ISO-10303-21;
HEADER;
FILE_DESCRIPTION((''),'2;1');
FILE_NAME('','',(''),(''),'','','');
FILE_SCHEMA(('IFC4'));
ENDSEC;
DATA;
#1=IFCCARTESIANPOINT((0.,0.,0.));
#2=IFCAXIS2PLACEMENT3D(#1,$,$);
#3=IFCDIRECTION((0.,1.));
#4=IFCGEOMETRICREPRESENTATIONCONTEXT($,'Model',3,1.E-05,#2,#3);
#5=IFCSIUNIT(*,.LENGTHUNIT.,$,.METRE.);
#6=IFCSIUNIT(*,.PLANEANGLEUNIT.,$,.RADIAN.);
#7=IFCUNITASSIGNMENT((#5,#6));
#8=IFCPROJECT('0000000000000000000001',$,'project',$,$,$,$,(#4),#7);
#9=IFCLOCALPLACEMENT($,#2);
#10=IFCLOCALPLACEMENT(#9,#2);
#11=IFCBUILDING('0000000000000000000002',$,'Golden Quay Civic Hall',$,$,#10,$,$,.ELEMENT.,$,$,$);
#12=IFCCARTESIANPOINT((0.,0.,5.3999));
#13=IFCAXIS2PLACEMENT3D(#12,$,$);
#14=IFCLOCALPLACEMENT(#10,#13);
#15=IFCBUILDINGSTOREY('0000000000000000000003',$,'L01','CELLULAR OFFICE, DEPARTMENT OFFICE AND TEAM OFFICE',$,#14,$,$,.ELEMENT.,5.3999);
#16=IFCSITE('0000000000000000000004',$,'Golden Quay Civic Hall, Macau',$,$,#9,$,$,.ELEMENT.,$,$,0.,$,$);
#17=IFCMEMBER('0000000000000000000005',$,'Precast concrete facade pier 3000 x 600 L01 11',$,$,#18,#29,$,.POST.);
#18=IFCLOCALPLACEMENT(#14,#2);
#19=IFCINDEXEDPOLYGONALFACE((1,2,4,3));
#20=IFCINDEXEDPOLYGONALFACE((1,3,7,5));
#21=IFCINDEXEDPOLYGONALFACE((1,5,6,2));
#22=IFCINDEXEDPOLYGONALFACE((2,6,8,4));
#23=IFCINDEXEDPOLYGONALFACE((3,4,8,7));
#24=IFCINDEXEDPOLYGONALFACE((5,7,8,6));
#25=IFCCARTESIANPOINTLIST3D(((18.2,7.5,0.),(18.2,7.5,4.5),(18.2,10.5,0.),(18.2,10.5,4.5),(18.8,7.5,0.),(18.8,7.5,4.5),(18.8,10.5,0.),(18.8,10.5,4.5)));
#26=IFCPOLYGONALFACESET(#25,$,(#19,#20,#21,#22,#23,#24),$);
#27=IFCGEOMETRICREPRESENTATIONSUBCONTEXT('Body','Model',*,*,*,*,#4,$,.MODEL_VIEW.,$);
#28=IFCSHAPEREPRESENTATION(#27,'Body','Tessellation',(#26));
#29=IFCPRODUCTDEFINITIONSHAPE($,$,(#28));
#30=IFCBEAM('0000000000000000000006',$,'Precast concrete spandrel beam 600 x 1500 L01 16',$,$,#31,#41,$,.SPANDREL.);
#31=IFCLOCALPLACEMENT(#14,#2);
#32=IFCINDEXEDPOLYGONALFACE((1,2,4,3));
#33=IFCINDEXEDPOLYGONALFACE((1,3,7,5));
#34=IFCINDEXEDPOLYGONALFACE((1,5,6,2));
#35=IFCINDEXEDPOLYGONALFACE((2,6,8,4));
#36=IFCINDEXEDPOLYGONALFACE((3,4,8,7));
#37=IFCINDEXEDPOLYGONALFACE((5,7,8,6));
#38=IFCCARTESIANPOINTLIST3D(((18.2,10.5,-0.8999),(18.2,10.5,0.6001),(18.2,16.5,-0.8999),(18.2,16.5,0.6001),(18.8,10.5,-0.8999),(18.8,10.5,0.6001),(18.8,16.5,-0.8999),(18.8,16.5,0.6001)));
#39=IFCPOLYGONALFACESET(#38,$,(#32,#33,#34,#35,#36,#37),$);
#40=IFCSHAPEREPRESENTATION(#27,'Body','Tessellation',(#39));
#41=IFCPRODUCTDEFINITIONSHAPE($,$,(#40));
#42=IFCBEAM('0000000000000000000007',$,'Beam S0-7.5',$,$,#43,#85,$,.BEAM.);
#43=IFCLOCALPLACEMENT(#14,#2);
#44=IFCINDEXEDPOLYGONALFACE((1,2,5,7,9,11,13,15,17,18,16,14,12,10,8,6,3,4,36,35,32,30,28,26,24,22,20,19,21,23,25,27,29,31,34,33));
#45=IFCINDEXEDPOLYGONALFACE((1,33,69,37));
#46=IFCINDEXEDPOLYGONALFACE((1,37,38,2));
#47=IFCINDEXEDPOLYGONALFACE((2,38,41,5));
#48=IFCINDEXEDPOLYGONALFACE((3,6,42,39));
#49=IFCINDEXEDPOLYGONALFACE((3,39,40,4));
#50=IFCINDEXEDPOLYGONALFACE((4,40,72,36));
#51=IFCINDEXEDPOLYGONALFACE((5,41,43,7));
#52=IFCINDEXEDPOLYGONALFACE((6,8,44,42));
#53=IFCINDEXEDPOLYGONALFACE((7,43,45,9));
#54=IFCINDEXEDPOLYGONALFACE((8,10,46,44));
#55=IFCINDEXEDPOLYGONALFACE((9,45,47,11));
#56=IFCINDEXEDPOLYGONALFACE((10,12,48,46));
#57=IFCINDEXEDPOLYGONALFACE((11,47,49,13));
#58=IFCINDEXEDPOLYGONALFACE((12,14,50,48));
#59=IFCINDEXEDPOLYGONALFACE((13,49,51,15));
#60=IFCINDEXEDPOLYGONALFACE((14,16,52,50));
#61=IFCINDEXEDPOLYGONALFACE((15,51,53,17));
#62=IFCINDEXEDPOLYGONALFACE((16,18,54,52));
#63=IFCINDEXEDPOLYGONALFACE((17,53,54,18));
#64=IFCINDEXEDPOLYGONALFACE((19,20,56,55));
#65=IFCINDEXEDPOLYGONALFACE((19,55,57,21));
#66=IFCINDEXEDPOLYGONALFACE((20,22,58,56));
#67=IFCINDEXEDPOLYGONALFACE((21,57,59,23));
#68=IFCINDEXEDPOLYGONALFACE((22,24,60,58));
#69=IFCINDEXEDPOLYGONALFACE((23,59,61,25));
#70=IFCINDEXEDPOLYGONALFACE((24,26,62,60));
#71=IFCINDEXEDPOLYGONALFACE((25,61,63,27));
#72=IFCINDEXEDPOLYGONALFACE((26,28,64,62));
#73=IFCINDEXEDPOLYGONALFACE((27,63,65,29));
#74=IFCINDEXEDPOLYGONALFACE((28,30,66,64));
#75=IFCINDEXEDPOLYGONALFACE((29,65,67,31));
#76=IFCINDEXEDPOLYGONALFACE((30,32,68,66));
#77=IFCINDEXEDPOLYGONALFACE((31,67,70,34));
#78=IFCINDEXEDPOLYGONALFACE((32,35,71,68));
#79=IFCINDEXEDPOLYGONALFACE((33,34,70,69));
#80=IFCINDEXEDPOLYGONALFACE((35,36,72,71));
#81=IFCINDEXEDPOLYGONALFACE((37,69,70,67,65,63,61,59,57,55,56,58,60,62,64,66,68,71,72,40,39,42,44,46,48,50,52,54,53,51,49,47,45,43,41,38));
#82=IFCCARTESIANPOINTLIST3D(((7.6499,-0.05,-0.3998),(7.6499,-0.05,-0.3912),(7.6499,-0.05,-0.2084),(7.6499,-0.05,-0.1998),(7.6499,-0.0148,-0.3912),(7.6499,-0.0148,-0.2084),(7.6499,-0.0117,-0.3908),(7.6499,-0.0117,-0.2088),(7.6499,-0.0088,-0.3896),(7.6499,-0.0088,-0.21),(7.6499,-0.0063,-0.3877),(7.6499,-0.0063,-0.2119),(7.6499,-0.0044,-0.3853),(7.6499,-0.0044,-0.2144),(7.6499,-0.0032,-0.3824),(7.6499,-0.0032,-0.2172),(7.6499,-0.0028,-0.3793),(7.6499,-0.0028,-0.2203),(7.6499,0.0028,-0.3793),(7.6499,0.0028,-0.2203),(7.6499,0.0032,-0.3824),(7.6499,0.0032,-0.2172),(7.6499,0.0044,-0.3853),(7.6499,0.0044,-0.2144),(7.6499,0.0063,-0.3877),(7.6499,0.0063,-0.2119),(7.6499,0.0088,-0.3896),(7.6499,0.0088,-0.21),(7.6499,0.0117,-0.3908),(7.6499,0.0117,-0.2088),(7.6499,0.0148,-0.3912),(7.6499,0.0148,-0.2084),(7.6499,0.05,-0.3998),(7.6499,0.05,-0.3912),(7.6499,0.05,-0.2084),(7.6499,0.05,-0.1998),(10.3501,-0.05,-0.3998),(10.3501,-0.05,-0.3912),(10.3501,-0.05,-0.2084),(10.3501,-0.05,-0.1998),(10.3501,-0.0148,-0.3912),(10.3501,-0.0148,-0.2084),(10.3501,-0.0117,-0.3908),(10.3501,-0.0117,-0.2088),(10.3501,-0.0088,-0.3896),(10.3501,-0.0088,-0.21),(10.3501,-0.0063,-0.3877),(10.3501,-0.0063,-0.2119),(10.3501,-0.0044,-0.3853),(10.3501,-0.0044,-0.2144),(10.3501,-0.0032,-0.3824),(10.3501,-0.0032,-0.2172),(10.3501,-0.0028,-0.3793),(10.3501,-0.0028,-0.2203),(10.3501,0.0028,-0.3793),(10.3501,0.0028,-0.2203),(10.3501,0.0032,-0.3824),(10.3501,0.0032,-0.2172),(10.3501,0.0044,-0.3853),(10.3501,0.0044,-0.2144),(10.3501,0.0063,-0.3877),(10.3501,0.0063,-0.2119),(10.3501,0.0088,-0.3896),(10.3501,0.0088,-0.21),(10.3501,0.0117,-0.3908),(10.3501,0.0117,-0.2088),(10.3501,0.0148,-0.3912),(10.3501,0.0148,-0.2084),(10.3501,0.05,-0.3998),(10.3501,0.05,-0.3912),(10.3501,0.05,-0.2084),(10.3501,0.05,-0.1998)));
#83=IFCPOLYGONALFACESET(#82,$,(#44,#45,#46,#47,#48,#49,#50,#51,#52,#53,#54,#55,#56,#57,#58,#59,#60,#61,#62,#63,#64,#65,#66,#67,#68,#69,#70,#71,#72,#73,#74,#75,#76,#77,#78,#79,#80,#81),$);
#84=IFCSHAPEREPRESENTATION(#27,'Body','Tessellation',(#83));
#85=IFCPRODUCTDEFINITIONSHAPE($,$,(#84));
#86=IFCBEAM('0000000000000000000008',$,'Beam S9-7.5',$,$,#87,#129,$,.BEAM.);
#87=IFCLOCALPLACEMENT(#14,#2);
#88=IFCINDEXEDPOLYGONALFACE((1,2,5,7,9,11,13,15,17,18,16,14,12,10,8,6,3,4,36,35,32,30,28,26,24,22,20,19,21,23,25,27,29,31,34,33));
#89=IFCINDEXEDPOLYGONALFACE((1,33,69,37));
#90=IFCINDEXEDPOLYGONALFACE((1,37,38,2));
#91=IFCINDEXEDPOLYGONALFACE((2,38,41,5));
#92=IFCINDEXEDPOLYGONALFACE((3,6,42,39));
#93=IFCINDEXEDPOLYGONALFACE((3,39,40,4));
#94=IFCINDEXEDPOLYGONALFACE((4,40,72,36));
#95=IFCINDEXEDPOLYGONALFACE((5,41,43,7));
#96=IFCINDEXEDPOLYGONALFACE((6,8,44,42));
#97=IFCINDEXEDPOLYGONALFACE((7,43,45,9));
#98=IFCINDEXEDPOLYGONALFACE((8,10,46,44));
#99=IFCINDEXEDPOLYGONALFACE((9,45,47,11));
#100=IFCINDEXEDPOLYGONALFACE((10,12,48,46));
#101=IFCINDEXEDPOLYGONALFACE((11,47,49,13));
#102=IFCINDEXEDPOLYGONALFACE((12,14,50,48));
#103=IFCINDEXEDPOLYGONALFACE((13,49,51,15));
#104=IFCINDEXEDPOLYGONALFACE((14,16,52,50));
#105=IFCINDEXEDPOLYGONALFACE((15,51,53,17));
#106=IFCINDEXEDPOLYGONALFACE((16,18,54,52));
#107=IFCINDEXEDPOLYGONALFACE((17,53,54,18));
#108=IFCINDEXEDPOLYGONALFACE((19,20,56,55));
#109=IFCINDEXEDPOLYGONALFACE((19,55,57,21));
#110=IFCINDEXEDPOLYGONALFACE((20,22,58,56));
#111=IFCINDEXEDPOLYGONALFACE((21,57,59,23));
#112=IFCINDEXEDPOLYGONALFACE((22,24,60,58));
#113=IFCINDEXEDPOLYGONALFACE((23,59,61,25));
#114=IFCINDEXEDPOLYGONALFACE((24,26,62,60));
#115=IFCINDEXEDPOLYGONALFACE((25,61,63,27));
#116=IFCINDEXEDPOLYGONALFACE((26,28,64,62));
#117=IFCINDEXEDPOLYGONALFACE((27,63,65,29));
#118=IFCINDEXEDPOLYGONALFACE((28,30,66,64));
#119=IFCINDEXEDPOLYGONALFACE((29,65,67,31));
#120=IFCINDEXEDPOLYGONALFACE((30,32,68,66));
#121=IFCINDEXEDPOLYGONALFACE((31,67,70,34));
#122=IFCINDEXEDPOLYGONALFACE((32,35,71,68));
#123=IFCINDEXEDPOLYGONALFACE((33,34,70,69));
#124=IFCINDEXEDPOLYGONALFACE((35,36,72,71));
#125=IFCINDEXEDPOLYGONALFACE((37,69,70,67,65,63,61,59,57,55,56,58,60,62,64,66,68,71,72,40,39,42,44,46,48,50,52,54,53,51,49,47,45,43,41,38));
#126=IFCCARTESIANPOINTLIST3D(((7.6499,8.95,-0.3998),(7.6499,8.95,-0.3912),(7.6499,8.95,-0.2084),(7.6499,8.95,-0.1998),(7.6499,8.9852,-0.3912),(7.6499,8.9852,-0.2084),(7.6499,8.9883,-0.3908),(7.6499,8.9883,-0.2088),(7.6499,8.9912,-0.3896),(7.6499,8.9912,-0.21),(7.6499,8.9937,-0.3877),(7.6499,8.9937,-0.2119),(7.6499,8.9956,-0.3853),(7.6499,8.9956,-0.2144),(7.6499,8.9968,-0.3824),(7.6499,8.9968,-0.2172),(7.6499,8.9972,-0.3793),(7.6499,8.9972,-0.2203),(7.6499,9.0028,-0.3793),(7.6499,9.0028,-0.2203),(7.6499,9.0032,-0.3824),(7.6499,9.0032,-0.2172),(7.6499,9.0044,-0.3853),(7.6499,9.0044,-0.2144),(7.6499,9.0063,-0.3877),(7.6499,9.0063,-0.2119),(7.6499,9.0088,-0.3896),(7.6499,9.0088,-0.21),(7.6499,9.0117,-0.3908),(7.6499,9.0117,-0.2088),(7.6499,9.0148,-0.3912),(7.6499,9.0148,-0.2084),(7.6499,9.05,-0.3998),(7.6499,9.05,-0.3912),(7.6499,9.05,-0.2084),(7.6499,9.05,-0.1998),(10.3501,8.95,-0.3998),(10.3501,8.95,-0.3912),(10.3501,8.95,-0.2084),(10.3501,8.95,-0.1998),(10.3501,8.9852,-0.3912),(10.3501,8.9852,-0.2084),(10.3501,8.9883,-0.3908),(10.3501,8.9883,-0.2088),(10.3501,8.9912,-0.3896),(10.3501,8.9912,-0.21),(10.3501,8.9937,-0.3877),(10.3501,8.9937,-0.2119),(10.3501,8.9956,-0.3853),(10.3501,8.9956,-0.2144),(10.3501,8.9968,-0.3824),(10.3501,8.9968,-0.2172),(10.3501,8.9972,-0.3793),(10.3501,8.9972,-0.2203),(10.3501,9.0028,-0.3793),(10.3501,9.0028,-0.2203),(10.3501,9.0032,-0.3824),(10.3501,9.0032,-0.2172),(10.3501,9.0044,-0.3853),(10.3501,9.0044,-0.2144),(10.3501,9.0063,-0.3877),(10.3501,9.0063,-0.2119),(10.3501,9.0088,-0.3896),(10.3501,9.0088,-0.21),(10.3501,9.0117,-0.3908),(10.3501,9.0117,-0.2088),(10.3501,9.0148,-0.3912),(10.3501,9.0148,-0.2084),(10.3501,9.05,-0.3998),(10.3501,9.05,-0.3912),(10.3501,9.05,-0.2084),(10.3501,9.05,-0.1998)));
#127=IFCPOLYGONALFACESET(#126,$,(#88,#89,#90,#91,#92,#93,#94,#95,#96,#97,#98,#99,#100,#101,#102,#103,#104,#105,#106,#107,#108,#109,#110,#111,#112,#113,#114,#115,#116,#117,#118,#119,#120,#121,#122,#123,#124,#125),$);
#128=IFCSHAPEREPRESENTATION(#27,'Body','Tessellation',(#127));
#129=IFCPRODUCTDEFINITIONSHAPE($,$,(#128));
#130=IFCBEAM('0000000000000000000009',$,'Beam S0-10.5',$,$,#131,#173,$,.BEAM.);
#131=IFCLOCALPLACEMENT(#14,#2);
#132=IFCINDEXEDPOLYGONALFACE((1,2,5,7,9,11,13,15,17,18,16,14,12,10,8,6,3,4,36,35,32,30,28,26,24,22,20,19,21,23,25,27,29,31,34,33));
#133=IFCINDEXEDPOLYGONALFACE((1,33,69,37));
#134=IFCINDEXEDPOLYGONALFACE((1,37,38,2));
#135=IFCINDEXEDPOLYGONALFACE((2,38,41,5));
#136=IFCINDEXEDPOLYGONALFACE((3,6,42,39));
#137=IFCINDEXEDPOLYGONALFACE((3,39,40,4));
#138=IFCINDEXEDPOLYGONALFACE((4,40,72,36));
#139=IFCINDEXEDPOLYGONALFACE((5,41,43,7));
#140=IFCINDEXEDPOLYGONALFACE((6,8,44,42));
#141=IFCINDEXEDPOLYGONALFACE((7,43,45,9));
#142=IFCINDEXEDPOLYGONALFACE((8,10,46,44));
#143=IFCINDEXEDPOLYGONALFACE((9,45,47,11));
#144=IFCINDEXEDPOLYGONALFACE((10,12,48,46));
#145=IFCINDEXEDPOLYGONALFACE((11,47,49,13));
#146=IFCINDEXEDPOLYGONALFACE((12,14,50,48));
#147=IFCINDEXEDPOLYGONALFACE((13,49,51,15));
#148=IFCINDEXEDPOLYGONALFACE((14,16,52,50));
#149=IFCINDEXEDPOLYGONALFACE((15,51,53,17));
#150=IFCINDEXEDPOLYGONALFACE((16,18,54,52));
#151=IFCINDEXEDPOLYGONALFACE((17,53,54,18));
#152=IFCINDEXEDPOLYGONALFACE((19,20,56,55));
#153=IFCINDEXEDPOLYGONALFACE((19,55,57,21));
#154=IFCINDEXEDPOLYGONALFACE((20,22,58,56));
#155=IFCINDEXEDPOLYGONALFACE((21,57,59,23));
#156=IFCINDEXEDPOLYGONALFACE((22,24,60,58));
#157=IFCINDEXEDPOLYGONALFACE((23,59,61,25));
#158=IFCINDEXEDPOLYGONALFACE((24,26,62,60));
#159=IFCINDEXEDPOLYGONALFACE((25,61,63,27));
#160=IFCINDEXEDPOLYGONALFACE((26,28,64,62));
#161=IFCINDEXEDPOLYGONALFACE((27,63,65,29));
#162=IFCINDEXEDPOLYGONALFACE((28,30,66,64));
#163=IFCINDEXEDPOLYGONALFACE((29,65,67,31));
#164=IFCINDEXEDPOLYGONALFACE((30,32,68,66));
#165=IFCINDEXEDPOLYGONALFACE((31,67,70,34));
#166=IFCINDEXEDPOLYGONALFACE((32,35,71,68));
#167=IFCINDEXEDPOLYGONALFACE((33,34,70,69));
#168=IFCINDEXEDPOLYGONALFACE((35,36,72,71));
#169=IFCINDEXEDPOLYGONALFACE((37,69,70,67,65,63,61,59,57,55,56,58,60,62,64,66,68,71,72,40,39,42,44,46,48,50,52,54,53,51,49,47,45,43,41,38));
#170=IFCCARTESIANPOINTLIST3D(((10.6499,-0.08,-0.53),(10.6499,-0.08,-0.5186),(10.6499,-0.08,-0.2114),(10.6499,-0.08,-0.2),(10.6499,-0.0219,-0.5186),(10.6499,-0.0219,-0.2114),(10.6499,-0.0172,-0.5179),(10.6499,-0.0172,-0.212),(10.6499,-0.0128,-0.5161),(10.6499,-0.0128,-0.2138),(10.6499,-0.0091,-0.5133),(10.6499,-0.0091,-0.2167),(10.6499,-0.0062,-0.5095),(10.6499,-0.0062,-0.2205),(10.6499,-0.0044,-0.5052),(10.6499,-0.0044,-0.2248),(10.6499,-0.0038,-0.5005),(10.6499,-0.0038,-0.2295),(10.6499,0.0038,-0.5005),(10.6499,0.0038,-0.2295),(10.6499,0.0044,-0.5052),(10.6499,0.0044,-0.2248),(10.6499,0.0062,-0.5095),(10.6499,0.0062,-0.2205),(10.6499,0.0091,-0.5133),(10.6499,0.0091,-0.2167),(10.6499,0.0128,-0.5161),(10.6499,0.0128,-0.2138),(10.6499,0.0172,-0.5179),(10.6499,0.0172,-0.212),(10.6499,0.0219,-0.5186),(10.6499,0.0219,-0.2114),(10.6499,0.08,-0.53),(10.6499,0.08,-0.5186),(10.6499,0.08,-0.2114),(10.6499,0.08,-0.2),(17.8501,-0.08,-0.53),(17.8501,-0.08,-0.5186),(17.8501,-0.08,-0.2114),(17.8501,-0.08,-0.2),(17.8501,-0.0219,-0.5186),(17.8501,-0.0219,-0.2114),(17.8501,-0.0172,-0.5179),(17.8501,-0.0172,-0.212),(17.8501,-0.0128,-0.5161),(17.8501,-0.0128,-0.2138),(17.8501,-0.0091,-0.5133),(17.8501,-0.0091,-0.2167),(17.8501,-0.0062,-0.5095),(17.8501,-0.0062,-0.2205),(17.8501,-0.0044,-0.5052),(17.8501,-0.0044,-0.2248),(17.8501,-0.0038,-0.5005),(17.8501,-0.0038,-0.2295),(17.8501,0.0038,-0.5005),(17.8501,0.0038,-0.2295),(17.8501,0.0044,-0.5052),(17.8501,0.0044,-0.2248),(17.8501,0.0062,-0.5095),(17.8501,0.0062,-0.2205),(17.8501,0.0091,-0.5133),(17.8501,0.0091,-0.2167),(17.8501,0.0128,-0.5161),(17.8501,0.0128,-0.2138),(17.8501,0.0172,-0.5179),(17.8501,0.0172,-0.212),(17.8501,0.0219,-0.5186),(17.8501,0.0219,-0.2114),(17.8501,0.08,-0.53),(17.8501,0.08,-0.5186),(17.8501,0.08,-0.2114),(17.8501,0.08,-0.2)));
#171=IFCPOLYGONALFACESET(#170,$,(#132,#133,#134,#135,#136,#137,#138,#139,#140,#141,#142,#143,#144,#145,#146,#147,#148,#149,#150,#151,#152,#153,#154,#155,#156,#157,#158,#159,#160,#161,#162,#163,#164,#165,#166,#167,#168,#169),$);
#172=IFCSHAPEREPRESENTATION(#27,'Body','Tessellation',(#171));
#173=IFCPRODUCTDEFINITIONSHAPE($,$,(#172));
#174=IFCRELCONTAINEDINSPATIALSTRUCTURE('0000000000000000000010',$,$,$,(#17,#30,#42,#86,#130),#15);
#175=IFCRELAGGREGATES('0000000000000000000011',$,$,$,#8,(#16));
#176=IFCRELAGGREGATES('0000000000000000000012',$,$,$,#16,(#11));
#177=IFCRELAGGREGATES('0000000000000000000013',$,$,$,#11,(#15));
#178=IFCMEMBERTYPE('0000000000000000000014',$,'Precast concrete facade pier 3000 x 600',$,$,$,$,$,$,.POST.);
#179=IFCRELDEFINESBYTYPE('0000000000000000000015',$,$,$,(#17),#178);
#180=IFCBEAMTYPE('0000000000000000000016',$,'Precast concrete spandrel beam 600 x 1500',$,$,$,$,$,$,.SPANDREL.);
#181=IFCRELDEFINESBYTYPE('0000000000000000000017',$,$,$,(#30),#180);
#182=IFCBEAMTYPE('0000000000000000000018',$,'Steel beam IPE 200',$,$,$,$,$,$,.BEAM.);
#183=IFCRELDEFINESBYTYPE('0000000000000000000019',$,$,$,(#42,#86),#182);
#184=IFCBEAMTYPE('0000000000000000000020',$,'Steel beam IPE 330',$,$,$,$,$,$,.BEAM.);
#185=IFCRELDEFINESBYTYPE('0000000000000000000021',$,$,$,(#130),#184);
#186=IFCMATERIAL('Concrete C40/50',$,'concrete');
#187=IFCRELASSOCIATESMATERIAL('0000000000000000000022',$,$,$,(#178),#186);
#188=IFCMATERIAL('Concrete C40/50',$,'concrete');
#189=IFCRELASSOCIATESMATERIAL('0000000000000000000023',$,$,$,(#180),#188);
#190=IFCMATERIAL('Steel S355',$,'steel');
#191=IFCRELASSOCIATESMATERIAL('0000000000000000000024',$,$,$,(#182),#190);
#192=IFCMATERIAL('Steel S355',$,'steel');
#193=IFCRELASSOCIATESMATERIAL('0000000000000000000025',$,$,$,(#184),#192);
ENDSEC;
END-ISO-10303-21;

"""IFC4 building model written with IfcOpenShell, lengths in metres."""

from ifc_helpers import new_model, si_unit, direction, frame, origin, origin_2d, place, context, subcontext, project, spatial, rectangle, i_section, extrude, material, material_profile, profile_set, type_object, element, save


model = new_model("IFC4")

# Units and contexts
model_context = context("Model", 3, precision=1e-05, world=origin(), true_north=direction((0.0, 1.0)))
body_context = subcontext(model_context, "Body", "Model", "MODEL_VIEW")
ifc_project = project(units=[si_unit("LENGTHUNIT", "METRE"), si_unit("PLANEANGLEUNIT", "RADIAN")], contexts=[model_context])

# Site, building, storey
site_placement = place(None, origin())
site = spatial("IfcSite", under=ifc_project, at=site_placement, Name="Golden Quay Civic Hall, Macau", CompositionType="ELEMENT", RefElevation=0.0)
building_placement = place(site_placement, origin())
building = spatial("IfcBuilding", under=site, at=building_placement, Name="Golden Quay Civic Hall", CompositionType="ELEMENT")
storey_placement = place(building_placement, frame((0.0, 0.0, 5.3999)))
storey = spatial("IfcBuildingStorey", under=building, at=storey_placement, Name="L01", Description="CELLULAR OFFICE, DEPARTMENT OFFICE AND TEAM OFFICE", CompositionType="ELEMENT", Elevation=5.3999)

# Member
ifc_material_1 = material(Name="Concrete C40/50", Category="concrete")
ifc_material_profile_1 = material_profile(ifc_material_1, rectangle(XDim=3.0, YDim=0.6001, at=origin_2d()), Name="RC 3000x600")
ifc_profile_set_1 = profile_set([ifc_material_profile_1], Name="Concrete C40/50")
member_type = type_object("IfcMemberType", Name="Precast concrete facade pier 3000 x 600", PredefinedType="POST", material=ifc_profile_set_1)
member_placement = place(storey_placement, frame((18.5, 9.0, 0.0), z_axis=(0.0, 0.0, 1.0), x_axis=(0.0, 1.0, 0.0)))
element("IfcMember", 1, at=member_placement, inside=storey, type_object=member_type, Name="Precast concrete facade pier 3000 x 600 L01 11", PredefinedType="POST", context=body_context, shape_type="SweptSolid", body=[
    extrude(rectangle(XDim=3.0, YDim=0.6001, at=origin_2d()), origin(), (0.0, 0.0, 1.0), 4.5),
])

# Beams
ifc_material_2 = material(Name="Concrete C40/50", Category="concrete")
ifc_material_profile_2 = material_profile(ifc_material_2, rectangle(XDim=0.6001, YDim=1.5, at=origin_2d()), Name="RC 600x1500")
ifc_profile_set_2 = profile_set([ifc_material_profile_2], Name="Concrete C40/50")
beam_type_1 = type_object("IfcBeamType", Name="Precast concrete spandrel beam 600 x 1500", PredefinedType="SPANDREL", material=ifc_profile_set_2)
beam_1_placement = place(storey_placement, frame((18.5, 10.5, -0.1499), z_axis=(0.0, 1.0, 0.0), x_axis=(-1.0, 0.0, 0.0)))
element("IfcBeam", 2, at=beam_1_placement, inside=storey, type_object=beam_type_1, Name="Precast concrete spandrel beam 600 x 1500 L01 16", PredefinedType="SPANDREL", context=body_context, shape_type="SweptSolid", body=[
    extrude(rectangle(XDim=0.6001, YDim=1.5, at=origin_2d()), origin(), (0.0, 0.0, 1.0), 6.0),
])
ifc_material_3 = material(Name="Steel S355", Category="steel")
ifc_material_profile_3 = material_profile(ifc_material_3, i_section(OverallWidth=0.1001, OverallDepth=0.2, WebThickness=0.0056, FlangeThickness=0.0085, FilletRadius=0.012, at=origin_2d()), Name="IPE 200")
ifc_profile_set_3 = profile_set([ifc_material_profile_3], Name="Steel S355")
beam_type_2 = type_object("IfcBeamType", Name="Steel beam IPE 200", PredefinedType="BEAM", material=ifc_profile_set_3)
for number, where, z_axis, x_axis, name in (
    (3, (7.6499, 0.0, -0.2998), (1.0, 0.0, 0.0), (0.0, 1.0, 0.0), "Beam S0-7.5"),
    (4, (7.6499, 9.0, -0.2998), (1.0, 0.0, 0.0), (0.0, 1.0, 0.0), "Beam S9-7.5"),
):
    element("IfcBeam", number, at=place(storey_placement, frame(where, z_axis=z_axis, x_axis=x_axis)), inside=storey, type_object=beam_type_2, Name=name, PredefinedType="BEAM", context=body_context, shape_type="SweptSolid", body=[
        extrude(i_section(OverallWidth=0.1001, OverallDepth=0.2, WebThickness=0.0056, FlangeThickness=0.0085, FilletRadius=0.012, at=origin_2d()), origin(), (0.0, 0.0, 1.0), 2.7002),
    ])
ifc_material_4 = material(Name="Steel S355", Category="steel")
ifc_material_profile_4 = material_profile(ifc_material_4, i_section(OverallWidth=0.1599, OverallDepth=0.3301, WebThickness=0.0076, FlangeThickness=0.0115, FilletRadius=0.0181, at=origin_2d()), Name="IPE 330")
ifc_profile_set_4 = profile_set([ifc_material_profile_4], Name="Steel S355")
beam_type_3 = type_object("IfcBeamType", Name="Steel beam IPE 330", PredefinedType="BEAM", material=ifc_profile_set_4)
for number, where, z_axis, x_axis, name in (
    (5, (10.6499, 0.0, -0.365), (1.0, 0.0, 0.0), (0.0, 1.0, 0.0), "Beam S0-10.5"),
):
    element("IfcBeam", number, at=place(storey_placement, frame(where, z_axis=z_axis, x_axis=x_axis)), inside=storey, type_object=beam_type_3, Name=name, PredefinedType="BEAM", context=body_context, shape_type="SweptSolid", body=[
        extrude(i_section(OverallWidth=0.1599, OverallDepth=0.3301, WebThickness=0.0076, FlangeThickness=0.0115, FilletRadius=0.0181, at=origin_2d()), origin(), (0.0, 0.0, 1.0), 7.2002),
    ])

save(model, "model.ifc")
